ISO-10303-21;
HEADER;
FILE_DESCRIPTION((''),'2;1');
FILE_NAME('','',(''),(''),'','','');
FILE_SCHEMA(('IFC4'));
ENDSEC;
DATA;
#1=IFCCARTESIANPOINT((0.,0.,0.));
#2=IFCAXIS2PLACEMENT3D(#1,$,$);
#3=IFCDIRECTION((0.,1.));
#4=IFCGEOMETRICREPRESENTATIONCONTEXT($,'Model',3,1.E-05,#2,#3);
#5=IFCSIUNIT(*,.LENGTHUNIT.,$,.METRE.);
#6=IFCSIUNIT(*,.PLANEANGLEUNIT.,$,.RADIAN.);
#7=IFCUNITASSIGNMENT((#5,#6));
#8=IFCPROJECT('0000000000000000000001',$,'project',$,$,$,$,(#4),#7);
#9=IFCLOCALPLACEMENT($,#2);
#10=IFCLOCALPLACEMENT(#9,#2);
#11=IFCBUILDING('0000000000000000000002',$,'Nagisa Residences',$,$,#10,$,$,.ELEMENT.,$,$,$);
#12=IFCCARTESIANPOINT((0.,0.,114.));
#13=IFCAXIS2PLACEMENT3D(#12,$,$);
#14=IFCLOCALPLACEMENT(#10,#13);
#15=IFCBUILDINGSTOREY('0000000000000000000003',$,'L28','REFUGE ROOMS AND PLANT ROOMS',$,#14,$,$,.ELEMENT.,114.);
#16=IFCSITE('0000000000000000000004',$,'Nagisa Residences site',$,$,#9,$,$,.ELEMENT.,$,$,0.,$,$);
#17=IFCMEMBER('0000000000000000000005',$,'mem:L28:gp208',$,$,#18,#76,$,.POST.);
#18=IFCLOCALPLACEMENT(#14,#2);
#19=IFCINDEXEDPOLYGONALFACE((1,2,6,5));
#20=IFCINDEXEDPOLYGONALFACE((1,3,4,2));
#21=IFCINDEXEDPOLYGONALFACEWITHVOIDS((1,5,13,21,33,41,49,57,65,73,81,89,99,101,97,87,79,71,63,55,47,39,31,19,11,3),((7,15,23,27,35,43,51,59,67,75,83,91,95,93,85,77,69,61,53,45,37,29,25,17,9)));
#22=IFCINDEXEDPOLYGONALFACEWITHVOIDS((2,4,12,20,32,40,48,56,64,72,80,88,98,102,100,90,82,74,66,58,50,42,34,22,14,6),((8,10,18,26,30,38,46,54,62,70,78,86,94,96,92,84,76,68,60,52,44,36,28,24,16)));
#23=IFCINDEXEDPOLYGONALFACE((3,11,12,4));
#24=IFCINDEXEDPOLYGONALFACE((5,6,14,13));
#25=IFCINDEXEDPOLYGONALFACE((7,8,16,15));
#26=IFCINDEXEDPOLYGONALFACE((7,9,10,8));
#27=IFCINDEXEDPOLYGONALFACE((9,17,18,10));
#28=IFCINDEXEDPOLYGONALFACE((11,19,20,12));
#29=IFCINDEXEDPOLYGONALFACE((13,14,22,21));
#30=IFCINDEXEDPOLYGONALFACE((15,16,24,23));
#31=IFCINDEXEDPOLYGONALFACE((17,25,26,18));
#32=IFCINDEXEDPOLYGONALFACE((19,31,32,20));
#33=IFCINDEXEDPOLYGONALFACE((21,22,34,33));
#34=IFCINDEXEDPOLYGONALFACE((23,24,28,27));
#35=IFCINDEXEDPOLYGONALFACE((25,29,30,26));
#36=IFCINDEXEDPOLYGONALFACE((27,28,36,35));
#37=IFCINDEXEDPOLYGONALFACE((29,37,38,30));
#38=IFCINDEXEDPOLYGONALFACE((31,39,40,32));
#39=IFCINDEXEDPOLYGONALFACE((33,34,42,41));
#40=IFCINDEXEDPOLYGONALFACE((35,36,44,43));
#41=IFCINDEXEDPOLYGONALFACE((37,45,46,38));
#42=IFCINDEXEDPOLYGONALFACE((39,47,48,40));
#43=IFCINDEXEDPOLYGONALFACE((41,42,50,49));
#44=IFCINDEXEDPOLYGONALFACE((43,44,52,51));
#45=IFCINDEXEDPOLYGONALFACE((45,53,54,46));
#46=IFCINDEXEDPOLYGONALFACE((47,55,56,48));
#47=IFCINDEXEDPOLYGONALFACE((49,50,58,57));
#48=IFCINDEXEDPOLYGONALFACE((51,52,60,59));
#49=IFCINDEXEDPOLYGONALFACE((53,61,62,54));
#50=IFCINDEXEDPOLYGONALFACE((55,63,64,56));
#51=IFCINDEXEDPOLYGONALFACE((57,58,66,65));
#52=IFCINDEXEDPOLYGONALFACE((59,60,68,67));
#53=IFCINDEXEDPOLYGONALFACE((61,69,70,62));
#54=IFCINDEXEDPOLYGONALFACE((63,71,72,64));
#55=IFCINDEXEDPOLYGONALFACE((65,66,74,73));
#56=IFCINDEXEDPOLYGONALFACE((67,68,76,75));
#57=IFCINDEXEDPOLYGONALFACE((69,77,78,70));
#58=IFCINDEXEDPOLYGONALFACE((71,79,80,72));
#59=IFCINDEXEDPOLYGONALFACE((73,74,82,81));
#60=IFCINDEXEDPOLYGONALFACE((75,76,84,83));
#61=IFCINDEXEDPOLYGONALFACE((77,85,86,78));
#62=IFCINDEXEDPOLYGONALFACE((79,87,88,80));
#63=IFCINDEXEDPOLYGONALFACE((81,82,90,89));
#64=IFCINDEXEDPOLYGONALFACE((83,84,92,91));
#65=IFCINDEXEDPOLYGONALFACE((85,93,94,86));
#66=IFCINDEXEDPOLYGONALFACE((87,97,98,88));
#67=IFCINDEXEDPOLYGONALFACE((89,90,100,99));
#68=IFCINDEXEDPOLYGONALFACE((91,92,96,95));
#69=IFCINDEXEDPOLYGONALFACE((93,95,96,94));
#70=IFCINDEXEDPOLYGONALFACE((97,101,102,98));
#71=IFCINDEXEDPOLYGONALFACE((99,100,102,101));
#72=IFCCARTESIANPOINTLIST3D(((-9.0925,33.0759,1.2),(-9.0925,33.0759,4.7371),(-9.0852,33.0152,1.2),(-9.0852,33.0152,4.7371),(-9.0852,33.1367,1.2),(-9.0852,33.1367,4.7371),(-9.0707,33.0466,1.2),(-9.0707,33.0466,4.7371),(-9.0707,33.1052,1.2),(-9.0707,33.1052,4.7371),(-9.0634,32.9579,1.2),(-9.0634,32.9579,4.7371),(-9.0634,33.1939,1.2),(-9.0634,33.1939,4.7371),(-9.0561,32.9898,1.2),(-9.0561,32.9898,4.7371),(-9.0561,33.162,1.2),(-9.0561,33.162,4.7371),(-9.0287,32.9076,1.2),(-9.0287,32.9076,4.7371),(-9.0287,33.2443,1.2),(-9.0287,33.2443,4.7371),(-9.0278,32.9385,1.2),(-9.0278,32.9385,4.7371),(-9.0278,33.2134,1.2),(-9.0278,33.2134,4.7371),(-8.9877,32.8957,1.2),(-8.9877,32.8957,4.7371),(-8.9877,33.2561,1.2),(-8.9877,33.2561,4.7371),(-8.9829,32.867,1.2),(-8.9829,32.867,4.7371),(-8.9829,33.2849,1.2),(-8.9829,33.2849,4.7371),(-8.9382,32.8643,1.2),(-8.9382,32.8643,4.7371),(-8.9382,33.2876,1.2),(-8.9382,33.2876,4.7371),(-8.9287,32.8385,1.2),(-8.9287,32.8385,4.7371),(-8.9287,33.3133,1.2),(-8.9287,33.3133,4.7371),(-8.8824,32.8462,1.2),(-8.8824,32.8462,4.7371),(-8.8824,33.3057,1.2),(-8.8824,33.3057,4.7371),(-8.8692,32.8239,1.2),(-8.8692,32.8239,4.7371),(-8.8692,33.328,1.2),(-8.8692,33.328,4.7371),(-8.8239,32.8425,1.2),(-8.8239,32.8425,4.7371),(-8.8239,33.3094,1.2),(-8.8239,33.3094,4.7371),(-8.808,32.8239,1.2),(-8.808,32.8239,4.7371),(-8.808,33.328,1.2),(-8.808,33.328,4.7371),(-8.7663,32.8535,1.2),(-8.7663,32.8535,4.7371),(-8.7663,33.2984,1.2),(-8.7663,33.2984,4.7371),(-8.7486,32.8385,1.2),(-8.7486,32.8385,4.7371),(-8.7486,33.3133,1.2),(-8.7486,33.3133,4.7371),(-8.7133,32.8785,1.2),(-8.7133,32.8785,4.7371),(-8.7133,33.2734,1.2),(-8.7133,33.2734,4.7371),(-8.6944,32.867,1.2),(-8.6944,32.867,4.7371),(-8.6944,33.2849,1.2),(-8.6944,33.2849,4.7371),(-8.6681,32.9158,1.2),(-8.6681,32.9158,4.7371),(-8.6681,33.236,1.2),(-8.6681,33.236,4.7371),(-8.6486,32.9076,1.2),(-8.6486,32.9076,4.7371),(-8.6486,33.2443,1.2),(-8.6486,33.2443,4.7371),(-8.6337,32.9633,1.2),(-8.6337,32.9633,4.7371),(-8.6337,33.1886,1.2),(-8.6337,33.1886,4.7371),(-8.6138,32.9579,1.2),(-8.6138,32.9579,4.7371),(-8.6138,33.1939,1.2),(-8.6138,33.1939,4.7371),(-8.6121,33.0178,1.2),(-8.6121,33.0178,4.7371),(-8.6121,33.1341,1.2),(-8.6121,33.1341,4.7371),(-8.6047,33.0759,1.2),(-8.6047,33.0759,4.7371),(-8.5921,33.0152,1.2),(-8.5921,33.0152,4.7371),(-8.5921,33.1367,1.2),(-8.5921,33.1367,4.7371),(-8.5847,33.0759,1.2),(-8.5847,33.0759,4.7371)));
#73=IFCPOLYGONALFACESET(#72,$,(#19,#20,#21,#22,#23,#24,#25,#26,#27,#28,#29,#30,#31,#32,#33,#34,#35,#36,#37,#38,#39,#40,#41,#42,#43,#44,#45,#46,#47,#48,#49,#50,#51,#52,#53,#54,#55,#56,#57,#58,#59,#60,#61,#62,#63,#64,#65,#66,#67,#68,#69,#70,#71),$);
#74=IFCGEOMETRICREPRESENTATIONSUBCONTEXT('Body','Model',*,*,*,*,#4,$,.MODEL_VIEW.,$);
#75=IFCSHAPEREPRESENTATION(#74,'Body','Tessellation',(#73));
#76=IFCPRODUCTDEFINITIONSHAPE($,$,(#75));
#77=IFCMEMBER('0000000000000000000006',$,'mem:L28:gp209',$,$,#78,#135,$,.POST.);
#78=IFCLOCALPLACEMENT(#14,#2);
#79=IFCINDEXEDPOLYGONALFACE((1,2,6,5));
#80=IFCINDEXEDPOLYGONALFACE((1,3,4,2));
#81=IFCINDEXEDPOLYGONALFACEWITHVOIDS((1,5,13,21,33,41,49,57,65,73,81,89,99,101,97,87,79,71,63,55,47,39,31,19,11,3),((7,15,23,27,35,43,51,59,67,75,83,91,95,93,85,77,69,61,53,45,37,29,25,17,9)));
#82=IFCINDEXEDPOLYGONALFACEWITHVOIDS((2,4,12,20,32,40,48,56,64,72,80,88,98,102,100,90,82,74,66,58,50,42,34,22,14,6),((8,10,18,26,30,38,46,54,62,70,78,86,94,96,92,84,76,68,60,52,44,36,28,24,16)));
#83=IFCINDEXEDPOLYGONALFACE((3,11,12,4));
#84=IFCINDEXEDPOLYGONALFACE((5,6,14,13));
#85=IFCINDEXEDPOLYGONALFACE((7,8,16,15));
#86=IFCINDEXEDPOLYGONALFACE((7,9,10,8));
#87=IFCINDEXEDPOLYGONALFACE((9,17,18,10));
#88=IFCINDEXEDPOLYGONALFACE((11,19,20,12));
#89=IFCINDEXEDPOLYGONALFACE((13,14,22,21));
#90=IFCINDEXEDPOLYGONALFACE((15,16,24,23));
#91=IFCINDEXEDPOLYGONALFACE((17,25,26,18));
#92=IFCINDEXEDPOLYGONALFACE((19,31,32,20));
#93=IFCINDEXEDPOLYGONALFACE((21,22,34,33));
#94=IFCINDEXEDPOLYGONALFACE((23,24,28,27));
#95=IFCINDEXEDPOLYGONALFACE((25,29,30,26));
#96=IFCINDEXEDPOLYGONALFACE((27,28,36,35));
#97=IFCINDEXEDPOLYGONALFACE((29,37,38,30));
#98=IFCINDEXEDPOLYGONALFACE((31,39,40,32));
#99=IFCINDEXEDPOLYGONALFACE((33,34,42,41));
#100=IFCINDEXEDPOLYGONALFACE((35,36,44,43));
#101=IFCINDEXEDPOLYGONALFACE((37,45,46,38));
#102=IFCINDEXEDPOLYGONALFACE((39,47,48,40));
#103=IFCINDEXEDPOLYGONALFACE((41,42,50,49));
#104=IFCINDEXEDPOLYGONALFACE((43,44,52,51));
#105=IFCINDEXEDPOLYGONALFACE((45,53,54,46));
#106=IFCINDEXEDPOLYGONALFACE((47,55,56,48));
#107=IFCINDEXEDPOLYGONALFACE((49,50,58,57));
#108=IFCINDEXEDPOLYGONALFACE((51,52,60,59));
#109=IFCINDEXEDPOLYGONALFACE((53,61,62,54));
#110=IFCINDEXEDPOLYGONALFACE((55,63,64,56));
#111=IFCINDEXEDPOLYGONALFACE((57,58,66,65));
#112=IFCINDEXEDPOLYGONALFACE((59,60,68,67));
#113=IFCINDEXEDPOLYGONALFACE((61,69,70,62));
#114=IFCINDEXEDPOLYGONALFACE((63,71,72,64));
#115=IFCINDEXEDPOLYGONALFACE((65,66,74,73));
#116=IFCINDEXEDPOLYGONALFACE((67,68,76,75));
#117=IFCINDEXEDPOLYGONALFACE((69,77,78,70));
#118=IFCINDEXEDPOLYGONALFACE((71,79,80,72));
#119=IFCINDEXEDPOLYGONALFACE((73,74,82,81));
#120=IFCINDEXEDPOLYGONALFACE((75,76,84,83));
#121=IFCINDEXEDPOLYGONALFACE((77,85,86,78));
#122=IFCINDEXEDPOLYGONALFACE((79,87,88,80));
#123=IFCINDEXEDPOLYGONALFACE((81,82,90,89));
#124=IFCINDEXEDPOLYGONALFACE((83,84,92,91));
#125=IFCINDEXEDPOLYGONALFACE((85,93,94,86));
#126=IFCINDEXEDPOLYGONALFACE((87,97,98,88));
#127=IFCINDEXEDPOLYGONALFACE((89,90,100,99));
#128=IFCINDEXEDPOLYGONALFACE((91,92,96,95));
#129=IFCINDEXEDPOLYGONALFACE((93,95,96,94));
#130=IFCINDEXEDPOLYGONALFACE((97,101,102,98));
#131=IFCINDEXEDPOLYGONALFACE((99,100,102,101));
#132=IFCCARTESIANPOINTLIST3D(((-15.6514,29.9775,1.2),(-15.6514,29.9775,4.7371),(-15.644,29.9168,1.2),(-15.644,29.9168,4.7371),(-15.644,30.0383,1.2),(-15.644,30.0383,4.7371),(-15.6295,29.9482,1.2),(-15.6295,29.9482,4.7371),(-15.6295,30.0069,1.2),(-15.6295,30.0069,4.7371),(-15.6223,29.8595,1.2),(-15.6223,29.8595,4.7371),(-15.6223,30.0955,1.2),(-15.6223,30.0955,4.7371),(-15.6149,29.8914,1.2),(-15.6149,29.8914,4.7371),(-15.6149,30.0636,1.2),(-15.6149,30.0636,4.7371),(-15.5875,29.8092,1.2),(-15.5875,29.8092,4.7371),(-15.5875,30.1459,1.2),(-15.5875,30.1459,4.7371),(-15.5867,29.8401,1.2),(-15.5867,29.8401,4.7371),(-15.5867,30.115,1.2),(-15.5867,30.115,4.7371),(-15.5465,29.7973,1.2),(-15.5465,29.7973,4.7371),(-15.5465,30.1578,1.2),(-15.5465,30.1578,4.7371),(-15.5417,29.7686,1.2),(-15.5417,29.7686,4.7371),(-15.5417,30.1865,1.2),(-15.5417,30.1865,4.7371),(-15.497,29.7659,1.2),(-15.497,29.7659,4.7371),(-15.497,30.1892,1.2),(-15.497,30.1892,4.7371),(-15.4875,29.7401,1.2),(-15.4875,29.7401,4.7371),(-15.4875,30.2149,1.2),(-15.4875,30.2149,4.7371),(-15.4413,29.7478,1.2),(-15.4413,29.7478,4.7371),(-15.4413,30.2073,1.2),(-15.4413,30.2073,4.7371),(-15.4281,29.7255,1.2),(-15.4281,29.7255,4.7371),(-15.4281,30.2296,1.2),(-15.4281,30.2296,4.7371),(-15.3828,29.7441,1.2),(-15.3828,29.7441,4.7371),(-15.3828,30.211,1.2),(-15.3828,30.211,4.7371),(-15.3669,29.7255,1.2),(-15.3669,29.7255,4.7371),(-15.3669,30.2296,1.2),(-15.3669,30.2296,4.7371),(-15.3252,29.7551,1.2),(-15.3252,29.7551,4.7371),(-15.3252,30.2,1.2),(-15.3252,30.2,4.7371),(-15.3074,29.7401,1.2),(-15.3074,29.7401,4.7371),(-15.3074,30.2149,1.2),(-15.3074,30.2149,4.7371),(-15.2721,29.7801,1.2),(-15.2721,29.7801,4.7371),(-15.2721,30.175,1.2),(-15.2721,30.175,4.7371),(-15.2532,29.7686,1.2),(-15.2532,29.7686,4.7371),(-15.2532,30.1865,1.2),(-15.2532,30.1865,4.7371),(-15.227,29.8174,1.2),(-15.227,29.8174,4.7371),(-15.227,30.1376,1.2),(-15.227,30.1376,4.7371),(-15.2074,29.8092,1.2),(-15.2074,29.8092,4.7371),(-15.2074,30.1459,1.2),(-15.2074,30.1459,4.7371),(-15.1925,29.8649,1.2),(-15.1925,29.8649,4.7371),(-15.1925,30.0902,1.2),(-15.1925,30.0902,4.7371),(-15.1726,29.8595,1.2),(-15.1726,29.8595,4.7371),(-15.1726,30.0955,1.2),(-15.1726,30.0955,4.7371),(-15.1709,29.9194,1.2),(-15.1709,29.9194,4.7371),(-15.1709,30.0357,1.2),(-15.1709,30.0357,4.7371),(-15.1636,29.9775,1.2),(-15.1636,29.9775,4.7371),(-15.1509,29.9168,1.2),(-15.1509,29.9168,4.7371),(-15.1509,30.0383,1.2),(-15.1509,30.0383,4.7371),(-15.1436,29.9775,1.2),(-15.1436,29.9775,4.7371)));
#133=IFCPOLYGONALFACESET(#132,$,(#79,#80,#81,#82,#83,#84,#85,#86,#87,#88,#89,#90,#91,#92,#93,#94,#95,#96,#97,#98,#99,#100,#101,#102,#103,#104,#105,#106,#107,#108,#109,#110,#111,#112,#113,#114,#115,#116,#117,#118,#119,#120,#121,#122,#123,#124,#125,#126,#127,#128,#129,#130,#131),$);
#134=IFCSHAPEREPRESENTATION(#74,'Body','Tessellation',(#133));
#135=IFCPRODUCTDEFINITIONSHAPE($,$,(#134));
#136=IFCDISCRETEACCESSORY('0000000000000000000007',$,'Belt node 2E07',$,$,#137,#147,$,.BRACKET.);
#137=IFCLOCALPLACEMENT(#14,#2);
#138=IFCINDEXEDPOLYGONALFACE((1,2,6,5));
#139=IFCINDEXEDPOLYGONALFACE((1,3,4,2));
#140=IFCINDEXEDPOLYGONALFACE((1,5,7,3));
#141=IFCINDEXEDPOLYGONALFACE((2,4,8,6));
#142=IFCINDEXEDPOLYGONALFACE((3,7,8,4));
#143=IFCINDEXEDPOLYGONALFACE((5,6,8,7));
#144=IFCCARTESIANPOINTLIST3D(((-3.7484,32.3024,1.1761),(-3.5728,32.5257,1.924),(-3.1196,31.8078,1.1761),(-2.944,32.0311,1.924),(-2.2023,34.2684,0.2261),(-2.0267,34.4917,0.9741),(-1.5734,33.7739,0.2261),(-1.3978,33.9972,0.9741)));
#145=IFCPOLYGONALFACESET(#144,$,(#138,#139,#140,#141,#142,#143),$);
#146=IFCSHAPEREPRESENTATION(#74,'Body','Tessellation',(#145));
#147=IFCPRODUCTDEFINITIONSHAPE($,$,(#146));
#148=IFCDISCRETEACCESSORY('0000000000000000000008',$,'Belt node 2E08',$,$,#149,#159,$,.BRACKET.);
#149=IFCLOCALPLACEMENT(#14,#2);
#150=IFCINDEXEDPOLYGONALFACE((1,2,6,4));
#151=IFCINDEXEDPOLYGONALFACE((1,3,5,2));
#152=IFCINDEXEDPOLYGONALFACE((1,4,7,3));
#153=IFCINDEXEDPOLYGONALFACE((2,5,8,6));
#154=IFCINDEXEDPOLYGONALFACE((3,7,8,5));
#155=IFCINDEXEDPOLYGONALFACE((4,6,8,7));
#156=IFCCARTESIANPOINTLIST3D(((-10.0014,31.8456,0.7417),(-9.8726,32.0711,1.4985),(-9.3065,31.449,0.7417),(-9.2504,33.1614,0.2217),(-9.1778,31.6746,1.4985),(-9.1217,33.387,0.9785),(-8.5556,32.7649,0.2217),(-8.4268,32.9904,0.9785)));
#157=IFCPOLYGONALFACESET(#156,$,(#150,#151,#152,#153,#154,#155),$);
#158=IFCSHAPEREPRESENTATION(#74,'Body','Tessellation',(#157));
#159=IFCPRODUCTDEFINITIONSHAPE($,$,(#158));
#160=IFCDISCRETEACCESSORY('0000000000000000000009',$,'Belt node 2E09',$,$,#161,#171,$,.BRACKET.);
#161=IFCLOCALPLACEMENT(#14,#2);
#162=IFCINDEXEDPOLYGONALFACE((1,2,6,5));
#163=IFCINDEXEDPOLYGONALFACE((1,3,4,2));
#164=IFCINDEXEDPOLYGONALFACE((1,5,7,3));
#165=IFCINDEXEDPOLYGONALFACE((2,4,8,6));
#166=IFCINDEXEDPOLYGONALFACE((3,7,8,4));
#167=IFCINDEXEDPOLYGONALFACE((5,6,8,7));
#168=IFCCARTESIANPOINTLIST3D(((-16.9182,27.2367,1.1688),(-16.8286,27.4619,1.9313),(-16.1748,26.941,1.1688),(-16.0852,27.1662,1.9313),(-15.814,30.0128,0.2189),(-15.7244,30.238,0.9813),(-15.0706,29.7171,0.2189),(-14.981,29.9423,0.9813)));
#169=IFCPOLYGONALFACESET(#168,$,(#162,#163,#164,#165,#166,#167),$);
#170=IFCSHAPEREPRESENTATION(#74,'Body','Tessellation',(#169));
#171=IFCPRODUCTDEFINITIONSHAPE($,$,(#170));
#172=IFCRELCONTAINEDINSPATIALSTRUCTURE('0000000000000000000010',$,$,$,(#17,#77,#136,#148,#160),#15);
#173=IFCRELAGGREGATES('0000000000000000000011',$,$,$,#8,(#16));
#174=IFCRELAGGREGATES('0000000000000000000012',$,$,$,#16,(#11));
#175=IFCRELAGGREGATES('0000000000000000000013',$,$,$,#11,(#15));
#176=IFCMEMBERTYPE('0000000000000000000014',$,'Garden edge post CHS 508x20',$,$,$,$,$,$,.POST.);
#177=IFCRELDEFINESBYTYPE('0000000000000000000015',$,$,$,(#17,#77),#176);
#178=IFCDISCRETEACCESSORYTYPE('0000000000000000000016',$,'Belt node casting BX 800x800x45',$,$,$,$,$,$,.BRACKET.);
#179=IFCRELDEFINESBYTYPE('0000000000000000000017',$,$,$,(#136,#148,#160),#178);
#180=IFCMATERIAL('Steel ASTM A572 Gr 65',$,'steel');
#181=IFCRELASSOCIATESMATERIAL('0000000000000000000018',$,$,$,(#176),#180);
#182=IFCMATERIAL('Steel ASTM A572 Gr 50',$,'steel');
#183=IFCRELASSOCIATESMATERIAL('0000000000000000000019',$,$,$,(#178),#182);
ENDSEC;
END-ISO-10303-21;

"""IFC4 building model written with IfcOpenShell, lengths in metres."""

from ifc_helpers import new_model, si_unit, direction, frame, origin, origin_2d, place, context, subcontext, project, spatial, rectangle, hollow_circle, extrude, material, material_profile, profile_set, type_object, element, save


model = new_model("IFC4")

# Units and contexts
model_context = context("Model", 3, precision=1e-05, world=origin(), true_north=direction((0.0, 1.0)))
body_context = subcontext(model_context, "Body", "Model", "MODEL_VIEW")
ifc_project = project(units=[si_unit("LENGTHUNIT", "METRE"), si_unit("PLANEANGLEUNIT", "RADIAN")], contexts=[model_context])

# Site, building, storey
site_placement = place(None, origin())
site = spatial("IfcSite", under=ifc_project, at=site_placement, Name="Nagisa Residences site", CompositionType="ELEMENT", RefElevation=0.0)
building_placement = place(site_placement, origin())
building = spatial("IfcBuilding", under=site, at=building_placement, Name="Nagisa Residences", CompositionType="ELEMENT")
storey_placement = place(building_placement, frame((0.0, 0.0, 114.0)))
storey = spatial("IfcBuildingStorey", under=building, at=storey_placement, Name="L28", Description="REFUGE ROOMS AND PLANT ROOMS", CompositionType="ELEMENT", Elevation=114.0)

# Members
ifc_material_1 = material(Name="Steel ASTM A572 Gr 65", Category="steel")
ifc_material_profile_1 = material_profile(ifc_material_1, hollow_circle(Radius=0.2539, WallThickness=0.02, at=origin_2d()), Name="CHS 508x20")
ifc_profile_set_1 = profile_set([ifc_material_profile_1], Name="Steel ASTM A572 Gr 65")
member_type_1 = type_object("IfcMemberType", Name="Garden edge post CHS 508x20", PredefinedType="POST", material=ifc_profile_set_1)
for number, where, z_axis, x_axis, name in (
    (1, (-8.8386, 33.0759, 1.2), (0.0, 0.0, 1.0), (1.0, 0.0, 0.0), "mem:L28:gp208"),
    (2, (-15.3975, 29.9775, 1.2), (0.0, 0.0, 1.0), (1.0, 0.0, 0.0), "mem:L28:gp209"),
):
    element("IfcMember", number, at=place(storey_placement, frame(where, z_axis=z_axis, x_axis=x_axis)), inside=storey, type_object=member_type_1, Name=name, PredefinedType="POST", context=body_context, shape_type="SweptSolid", body=[
        extrude(hollow_circle(Radius=0.2539, WallThickness=0.02, at=origin_2d()), origin(), (0.0, 0.0, 1.0), 3.5371),
    ])

# Discrete accessories
ifc_material_2 = material(Name="Steel ASTM A572 Gr 50", Category="steel")
discrete_accessory_type_1 = type_object("IfcDiscreteAccessoryType", Name="Belt node casting BX 800x800x45", PredefinedType="BRACKET", material=ifc_material_2)
discrete_accessory_1_placement = place(storey_placement, frame((-1.8, 34.1328, 0.6001), z_axis=(-0.577886, -0.734836, 0.355054), x_axis=(0.786051, -0.618162, 0.0)))
element("IfcDiscreteAccessory", 3, at=discrete_accessory_1_placement, inside=storey, type_object=discrete_accessory_type_1, Name="Belt node 2E07", PredefinedType="BRACKET", context=body_context, shape_type="SweptSolid", body=[
    extrude(rectangle(XDim=0.8, YDim=0.8, at=origin_2d()), origin(), (0.0, 0.0, 1.0), 2.6755),
])
discrete_accessory_2_placement = place(storey_placement, frame((-8.8386, 33.0759, 0.6001), z_axis=(-0.468809, -0.821482, 0.32463), x_axis=(0.868521, -0.495653, 0.0)))
element("IfcDiscreteAccessory", 4, at=discrete_accessory_2_placement, inside=storey, type_object=discrete_accessory_type_1, Name="Belt node 2E08", PredefinedType="BRACKET", context=body_context, shape_type="SweptSolid", body=[
    extrude(rectangle(XDim=0.8, YDim=0.8, at=origin_2d()), origin(), (0.0, 0.0, 1.0), 1.6018),
])
discrete_accessory_3_placement = place(storey_placement, frame((-15.3975, 29.9775, 0.6001), z_axis=(-0.352225, -0.885507, 0.303008), x_axis=(0.929191, -0.369601, 0.0)))
element("IfcDiscreteAccessory", 5, at=discrete_accessory_3_placement, inside=storey, type_object=discrete_accessory_type_1, Name="Belt node 2E09", PredefinedType="BRACKET", context=body_context, shape_type="SweptSolid", body=[
    extrude(rectangle(XDim=0.8, YDim=0.8, at=origin_2d()), origin(), (0.0, 0.0, 1.0), 3.135),
])

save(model, "model.ifc")
